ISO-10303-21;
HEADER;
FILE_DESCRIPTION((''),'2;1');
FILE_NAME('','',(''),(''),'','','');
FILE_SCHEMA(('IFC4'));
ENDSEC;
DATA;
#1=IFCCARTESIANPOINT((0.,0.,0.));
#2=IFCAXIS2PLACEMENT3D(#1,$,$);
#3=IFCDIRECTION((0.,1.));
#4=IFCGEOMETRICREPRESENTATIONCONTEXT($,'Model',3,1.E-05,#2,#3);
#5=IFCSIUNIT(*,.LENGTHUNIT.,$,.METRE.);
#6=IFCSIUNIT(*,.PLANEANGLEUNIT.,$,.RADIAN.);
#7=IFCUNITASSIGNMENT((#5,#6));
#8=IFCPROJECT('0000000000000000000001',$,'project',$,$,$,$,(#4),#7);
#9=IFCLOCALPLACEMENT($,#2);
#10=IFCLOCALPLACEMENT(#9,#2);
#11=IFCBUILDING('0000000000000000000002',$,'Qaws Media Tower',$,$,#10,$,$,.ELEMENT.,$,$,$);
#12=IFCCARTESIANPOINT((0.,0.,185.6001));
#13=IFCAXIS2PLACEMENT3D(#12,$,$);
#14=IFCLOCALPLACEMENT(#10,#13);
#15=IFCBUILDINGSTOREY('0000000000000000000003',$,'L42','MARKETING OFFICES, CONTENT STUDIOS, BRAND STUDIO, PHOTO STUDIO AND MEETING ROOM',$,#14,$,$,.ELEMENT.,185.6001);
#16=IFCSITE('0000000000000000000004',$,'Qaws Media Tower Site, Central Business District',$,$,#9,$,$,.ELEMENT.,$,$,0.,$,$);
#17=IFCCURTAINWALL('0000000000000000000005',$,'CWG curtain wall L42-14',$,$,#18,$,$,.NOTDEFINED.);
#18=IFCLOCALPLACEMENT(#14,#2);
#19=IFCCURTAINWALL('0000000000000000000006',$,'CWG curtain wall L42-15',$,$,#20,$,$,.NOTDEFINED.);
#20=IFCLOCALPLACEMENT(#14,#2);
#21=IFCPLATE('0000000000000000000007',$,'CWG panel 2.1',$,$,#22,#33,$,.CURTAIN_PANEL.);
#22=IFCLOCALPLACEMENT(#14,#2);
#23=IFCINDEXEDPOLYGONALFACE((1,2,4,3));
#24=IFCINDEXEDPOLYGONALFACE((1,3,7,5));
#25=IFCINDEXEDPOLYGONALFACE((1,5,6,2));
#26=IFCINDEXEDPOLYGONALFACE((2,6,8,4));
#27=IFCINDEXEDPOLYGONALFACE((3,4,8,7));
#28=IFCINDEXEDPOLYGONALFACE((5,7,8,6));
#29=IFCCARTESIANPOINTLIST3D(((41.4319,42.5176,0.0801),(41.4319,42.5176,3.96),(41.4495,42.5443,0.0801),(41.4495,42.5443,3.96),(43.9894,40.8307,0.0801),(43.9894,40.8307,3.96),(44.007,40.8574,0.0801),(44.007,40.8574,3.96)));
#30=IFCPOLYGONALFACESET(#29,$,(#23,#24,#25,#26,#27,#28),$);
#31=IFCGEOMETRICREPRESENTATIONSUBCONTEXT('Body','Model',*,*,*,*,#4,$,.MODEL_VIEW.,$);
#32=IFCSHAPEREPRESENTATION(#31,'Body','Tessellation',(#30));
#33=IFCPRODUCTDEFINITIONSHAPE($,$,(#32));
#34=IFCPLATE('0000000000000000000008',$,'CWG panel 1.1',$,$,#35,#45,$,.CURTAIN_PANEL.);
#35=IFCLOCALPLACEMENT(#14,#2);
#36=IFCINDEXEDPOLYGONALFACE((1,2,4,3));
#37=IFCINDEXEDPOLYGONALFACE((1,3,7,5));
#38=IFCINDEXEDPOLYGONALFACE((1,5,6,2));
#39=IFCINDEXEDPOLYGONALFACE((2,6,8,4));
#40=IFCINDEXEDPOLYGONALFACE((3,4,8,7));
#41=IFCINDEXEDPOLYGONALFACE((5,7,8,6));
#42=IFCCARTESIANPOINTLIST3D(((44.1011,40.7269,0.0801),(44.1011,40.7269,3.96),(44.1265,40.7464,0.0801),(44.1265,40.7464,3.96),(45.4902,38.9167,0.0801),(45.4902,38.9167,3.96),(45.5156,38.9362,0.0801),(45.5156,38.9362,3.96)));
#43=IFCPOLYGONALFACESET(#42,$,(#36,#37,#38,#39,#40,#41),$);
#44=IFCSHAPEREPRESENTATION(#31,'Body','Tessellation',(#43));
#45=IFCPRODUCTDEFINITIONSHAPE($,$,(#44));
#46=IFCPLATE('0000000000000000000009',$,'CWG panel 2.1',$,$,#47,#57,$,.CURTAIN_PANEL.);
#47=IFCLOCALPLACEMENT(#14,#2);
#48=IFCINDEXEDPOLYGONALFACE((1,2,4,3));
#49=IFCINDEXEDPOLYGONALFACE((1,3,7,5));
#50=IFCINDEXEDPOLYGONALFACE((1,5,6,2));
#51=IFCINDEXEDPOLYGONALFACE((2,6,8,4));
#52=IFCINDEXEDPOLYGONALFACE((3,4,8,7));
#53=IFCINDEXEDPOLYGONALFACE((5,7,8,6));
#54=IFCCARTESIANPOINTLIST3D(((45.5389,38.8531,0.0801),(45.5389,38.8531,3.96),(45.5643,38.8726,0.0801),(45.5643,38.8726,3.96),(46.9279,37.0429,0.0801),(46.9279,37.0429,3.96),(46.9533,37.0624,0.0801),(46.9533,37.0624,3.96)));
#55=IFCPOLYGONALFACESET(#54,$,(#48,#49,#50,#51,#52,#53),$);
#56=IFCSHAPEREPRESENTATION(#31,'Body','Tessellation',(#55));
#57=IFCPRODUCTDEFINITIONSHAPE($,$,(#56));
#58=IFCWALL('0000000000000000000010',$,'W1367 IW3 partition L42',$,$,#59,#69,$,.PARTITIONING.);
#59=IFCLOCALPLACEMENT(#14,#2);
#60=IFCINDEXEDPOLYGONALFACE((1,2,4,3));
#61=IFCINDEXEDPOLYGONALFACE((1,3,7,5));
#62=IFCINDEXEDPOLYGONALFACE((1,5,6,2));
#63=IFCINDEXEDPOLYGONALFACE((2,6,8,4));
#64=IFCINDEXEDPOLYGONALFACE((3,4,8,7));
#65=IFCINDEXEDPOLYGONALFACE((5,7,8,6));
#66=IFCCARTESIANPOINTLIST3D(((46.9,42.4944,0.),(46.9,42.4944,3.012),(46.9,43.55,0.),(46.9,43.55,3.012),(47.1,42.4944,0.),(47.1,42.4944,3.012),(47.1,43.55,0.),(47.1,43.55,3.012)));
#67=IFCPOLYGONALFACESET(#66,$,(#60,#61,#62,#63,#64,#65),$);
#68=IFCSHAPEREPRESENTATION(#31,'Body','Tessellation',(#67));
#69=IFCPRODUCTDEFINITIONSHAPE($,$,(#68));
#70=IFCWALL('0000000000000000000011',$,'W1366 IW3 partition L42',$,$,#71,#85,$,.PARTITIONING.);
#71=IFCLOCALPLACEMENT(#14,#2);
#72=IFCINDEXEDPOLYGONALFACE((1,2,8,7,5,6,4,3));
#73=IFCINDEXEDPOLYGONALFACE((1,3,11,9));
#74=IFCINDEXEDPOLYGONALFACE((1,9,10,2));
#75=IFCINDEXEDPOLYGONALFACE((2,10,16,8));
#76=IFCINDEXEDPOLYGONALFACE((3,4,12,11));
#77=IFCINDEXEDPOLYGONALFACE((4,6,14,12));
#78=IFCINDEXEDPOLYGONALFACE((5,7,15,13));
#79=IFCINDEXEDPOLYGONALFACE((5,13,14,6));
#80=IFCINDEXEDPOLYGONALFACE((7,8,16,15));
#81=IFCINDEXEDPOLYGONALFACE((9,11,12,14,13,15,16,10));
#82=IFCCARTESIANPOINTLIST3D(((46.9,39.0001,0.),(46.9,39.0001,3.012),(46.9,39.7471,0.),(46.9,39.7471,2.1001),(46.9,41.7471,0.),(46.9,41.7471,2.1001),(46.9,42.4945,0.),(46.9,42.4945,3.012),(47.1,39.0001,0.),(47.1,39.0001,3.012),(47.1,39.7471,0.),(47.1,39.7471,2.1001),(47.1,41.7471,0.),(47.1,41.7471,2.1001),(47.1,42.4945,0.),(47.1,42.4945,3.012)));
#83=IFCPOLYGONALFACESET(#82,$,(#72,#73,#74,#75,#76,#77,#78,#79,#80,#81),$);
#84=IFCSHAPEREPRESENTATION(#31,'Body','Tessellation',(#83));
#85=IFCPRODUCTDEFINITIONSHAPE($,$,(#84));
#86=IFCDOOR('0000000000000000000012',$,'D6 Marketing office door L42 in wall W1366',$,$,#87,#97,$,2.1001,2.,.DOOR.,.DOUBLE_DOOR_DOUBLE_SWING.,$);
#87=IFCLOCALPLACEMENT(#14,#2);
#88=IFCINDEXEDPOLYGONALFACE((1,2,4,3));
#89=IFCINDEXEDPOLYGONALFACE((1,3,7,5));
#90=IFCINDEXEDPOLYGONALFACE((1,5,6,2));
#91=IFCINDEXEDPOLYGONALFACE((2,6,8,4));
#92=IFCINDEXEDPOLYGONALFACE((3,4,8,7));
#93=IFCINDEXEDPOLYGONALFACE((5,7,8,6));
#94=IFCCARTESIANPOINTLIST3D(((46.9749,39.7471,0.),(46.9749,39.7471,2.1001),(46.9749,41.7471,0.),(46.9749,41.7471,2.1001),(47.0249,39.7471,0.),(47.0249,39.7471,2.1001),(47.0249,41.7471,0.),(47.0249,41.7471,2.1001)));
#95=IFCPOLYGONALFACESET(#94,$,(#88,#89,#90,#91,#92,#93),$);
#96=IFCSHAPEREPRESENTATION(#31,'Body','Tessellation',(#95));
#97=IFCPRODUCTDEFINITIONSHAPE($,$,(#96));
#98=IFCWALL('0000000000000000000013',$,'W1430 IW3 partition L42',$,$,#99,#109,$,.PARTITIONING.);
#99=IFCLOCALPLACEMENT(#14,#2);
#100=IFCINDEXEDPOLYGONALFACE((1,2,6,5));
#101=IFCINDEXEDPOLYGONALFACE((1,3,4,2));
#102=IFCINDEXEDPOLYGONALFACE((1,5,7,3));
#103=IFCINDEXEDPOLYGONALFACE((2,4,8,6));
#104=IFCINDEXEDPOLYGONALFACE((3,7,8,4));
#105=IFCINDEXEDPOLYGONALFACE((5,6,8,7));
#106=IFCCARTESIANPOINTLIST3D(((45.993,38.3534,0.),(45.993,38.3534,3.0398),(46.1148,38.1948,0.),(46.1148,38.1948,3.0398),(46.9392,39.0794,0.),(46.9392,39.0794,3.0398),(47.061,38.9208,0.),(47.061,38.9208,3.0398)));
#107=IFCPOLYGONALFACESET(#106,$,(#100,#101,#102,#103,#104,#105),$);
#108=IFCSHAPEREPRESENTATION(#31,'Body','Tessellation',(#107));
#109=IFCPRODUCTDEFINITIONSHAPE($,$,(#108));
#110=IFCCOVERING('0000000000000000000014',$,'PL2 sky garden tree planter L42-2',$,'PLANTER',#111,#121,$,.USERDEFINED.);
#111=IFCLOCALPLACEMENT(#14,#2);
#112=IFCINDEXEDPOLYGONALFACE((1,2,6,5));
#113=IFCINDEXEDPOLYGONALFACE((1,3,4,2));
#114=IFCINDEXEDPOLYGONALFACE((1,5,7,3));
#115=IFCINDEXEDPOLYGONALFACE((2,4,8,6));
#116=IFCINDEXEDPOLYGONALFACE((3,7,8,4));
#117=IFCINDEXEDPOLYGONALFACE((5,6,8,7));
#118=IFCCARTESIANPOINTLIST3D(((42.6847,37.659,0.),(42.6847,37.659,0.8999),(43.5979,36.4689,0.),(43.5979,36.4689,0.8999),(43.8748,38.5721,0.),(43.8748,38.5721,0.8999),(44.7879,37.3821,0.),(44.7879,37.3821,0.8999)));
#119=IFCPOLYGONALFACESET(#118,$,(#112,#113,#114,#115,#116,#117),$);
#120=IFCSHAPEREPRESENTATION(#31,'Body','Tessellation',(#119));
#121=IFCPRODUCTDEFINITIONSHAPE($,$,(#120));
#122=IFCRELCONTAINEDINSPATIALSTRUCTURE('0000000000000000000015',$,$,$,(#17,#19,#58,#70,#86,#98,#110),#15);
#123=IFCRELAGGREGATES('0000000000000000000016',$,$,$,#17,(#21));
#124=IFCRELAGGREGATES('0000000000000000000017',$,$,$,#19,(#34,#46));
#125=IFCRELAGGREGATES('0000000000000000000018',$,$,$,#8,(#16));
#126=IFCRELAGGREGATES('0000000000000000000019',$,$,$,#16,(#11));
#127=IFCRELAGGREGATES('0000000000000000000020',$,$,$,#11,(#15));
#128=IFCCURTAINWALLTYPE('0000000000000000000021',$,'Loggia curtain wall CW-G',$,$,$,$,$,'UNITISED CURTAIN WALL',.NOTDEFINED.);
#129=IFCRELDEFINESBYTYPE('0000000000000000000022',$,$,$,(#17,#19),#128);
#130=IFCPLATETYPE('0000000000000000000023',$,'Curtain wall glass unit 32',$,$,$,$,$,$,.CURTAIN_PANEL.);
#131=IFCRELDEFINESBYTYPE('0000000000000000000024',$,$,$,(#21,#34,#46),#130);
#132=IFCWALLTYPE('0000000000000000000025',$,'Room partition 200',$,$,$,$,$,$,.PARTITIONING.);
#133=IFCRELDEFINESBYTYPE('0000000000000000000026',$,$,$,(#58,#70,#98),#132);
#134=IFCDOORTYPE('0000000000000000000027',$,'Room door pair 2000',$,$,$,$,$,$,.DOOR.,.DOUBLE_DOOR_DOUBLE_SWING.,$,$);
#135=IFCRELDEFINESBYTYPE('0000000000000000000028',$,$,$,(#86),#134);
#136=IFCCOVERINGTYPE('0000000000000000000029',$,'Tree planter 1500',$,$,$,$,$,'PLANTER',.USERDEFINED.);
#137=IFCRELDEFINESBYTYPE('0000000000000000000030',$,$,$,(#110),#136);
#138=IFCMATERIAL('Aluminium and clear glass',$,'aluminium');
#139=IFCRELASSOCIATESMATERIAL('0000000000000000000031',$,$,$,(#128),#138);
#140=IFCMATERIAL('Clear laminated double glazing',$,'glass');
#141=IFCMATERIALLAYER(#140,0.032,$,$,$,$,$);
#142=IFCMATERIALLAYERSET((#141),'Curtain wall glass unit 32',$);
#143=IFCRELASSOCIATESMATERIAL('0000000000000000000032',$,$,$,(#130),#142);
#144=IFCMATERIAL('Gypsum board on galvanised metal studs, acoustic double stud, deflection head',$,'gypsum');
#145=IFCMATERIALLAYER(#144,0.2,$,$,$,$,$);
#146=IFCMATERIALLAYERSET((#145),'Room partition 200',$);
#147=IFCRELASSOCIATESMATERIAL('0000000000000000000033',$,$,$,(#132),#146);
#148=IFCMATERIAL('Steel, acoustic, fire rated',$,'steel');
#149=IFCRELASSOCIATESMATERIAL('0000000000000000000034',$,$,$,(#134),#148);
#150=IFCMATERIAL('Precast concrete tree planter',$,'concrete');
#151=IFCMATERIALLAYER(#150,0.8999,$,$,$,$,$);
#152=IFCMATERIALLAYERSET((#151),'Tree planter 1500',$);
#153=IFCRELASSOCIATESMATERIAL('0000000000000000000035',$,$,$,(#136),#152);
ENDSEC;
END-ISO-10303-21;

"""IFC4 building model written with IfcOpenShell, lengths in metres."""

from ifc_helpers import new_model, si_unit, direction, frame, frame_2d, origin, origin_2d, place, context, subcontext, project, spatial, rectangle, extrude, material, layer, layer_set, type_object, element, fill, aggregate, save


model = new_model("IFC4")

# Units and contexts
model_context = context("Model", 3, precision=1e-05, world=origin(), true_north=direction((0.0, 1.0)))
body_context = subcontext(model_context, "Body", "Model", "MODEL_VIEW")
ifc_project = project(units=[si_unit("LENGTHUNIT", "METRE"), si_unit("PLANEANGLEUNIT", "RADIAN")], contexts=[model_context])

# Site, building, storey
site_placement = place(None, origin())
site = spatial("IfcSite", under=ifc_project, at=site_placement, Name="Qaws Media Tower Site, Central Business District", CompositionType="ELEMENT", RefElevation=0.0)
building_placement = place(site_placement, origin())
building = spatial("IfcBuilding", under=site, at=building_placement, Name="Qaws Media Tower", CompositionType="ELEMENT")
storey_placement = place(building_placement, frame((0.0, 0.0, 185.6001)))
storey = spatial("IfcBuildingStorey", under=building, at=storey_placement, Name="L42", Description="MARKETING OFFICES, CONTENT STUDIOS, BRAND STUDIO, PHOTO STUDIO AND MEETING ROOM", CompositionType="ELEMENT", Elevation=185.6001)

# Curtain wall
ifc_material_1 = material(Name="Aluminium and clear glass", Category="aluminium")
curtain_wall_type = type_object("IfcCurtainWallType", Name="Loggia curtain wall CW-G", ElementType="UNITISED CURTAIN WALL", PredefinedType="NOTDEFINED", material=ifc_material_1)
curtain_wall_1_placement = place(storey_placement, origin())
curtain_wall_1 = element("IfcCurtainWall", 1, at=curtain_wall_1_placement, inside=storey, type_object=curtain_wall_type, Name="CWG curtain wall L42-14", PredefinedType="NOTDEFINED")

# Curtain wall
curtain_wall_2_placement = place(storey_placement, origin())
curtain_wall_2 = element("IfcCurtainWall", 2, at=curtain_wall_2_placement, inside=storey, type_object=curtain_wall_type, Name="CWG curtain wall L42-15", PredefinedType="NOTDEFINED")

# Plates
ifc_material_2 = material(Name="Clear laminated double glazing", Category="glass")
ifc_layer_1 = layer(ifc_material_2, 0.032)
ifc_layer_set_1 = layer_set([ifc_layer_1], Name="Curtain wall glass unit 32")
plate_type = type_object("IfcPlateType", Name="Curtain wall glass unit 32", PredefinedType="CURTAIN_PANEL", material=ifc_layer_set_1)
plate_1_placement = place(storey_placement, frame((42.7195, 41.6875, 0.0801), z_axis=(0.0, 0.0, 1.0), x_axis=(0.834772, -0.550596, 0.0)))
plate_1 = element("IfcPlate", 3, at=plate_1_placement, type_object=plate_type, Name="CWG panel 2.1", PredefinedType="CURTAIN_PANEL", context=body_context, shape_type="SweptSolid", body=[
    extrude(rectangle(XDim=3.0637, YDim=0.032, at=origin_2d()), origin(), (0.0, 0.0, 1.0), 3.8799),
])
aggregate(curtain_wall_1, [plate_1])
plate_2_placement = place(storey_placement, frame((44.8083, 39.8315, 0.0801), z_axis=(0.0, 0.0, 1.0), x_axis=(0.608761, -0.793353, 0.0)))
plate_2 = element("IfcPlate", 4, at=plate_2_placement, type_object=plate_type, Name="CWG panel 1.1", PredefinedType="CURTAIN_PANEL", context=body_context, shape_type="SweptSolid", body=[
    extrude(rectangle(XDim=2.2817, YDim=0.032, at=origin_2d()), origin(), (0.0, 0.0, 1.0), 3.8799),
])
plate_3_placement = place(storey_placement, frame((46.2461, 37.9578, 0.0801), z_axis=(0.0, 0.0, 1.0), x_axis=(0.608761, -0.793353, 0.0)))
plate_3 = element("IfcPlate", 5, at=plate_3_placement, type_object=plate_type, Name="CWG panel 2.1", PredefinedType="CURTAIN_PANEL", context=body_context, shape_type="SweptSolid", body=[
    extrude(rectangle(XDim=2.2817, YDim=0.032, at=origin_2d()), origin(), (0.0, 0.0, 1.0), 3.8799),
])
aggregate(curtain_wall_2, [plate_2, plate_3])

# Wall
ifc_material_3 = material(Name="Gypsum board on galvanised metal studs, acoustic double stud, deflection head", Category="gypsum")
ifc_layer_2 = layer(ifc_material_3, 0.2)
ifc_layer_set_2 = layer_set([ifc_layer_2], Name="Room partition 200")
wall_type = type_object("IfcWallType", Name="Room partition 200", PredefinedType="PARTITIONING", material=ifc_layer_set_2)
wall_1_placement = place(storey_placement, frame((47.0, 43.55, 0.0), z_axis=(0.0, 0.0, 1.0), x_axis=(0.0, -1.0, 0.0)))
element("IfcWall", 6, at=wall_1_placement, inside=storey, type_object=wall_type, Name="W1367 IW3 partition L42", PredefinedType="PARTITIONING", context=body_context, shape_type="SweptSolid", body=[
    extrude(rectangle(XDim=1.0557, YDim=0.2, at=frame_2d((0.5278, 0.0))), origin(), (0.0, 0.0, 1.0), 3.012),
])

# Wall, opening, door
wall_2_placement = place(storey_placement, frame((47.0, 42.4944, 0.0), z_axis=(0.0, 0.0, 1.0), x_axis=(0.0, -1.0, 0.0)))
wall_2 = element("IfcWall", 7, at=wall_2_placement, inside=storey, type_object=wall_type, Name="W1366 IW3 partition L42", PredefinedType="PARTITIONING", context=body_context, shape_type="SweptSolid", body=[
    extrude(rectangle(XDim=3.4944, YDim=0.2, at=frame_2d((1.7471, 0.0))), origin(), (0.0, 0.0, 1.0), 3.012),
])
opening_1_placement = place(wall_2_placement, frame((0.7473, 0.0, 0.0)))
opening_1 = element("IfcOpeningElement", 8, at=opening_1_placement, cuts=wall_2, PredefinedType="OPENING", context=body_context, shape_type="SweptSolid", body=[
    extrude(rectangle(XDim=2.0, YDim=2.1001, at=frame_2d((1.0, 1.05))), frame((0.0, 0.1099, 0.0), z_axis=(0.0, -1.0, 0.0), x_axis=(1.0, 0.0, 0.0)), (0.0, 0.0, 1.0), 0.22),
])
ifc_material_4 = material(Name="Steel, acoustic, fire rated", Category="steel")
door_type_1 = type_object("IfcDoorType", Name="Room door pair 2000", OperationType="DOUBLE_DOOR_DOUBLE_SWING", PredefinedType="DOOR", material=ifc_material_4)
door_1_placement = place(opening_1_placement, origin())
door_1 = element("IfcDoor", 9, at=door_1_placement, inside=storey, type_object=door_type_1, Name="D6 Marketing office door L42 in wall W1366", OperationType="DOUBLE_DOOR_DOUBLE_SWING", OverallHeight=2.1001, OverallWidth=2.0, PredefinedType="DOOR", context=body_context, shape_type="SweptSolid", body=[
    extrude(rectangle(XDim=2.0, YDim=2.1001, at=frame_2d((1.0, 1.05))), frame((0.0, 0.0249, 0.0), z_axis=(0.0, -1.0, 0.0), x_axis=(1.0, 0.0, 0.0)), (0.0, 0.0, 1.0), 0.05),
])
fill(opening_1, door_1)

# Wall
wall_3_placement = place(storey_placement, frame((47.0, 39.0, 0.0), z_axis=(0.0, 0.0, 1.0), x_axis=(-0.793369, -0.608741, 0.0)))
element("IfcWall", 10, at=wall_3_placement, inside=storey, type_object=wall_type, Name="W1430 IW3 partition L42", PredefinedType="PARTITIONING", context=body_context, shape_type="SweptSolid", body=[
    extrude(rectangle(XDim=1.1926, YDim=0.2, at=frame_2d((0.5962, 0.0))), origin(), (0.0, 0.0, 1.0), 3.0398),
])

# Covering
ifc_material_5 = material(Name="Precast concrete tree planter", Category="concrete")
ifc_layer_3 = layer(ifc_material_5, 0.8999)
ifc_layer_set_3 = layer_set([ifc_layer_3], Name="Tree planter 1500")
covering_type = type_object("IfcCoveringType", Name="Tree planter 1500", ElementType="PLANTER", PredefinedType="USERDEFINED", material=ifc_layer_set_3)
covering_placement = place(storey_placement, frame((43.7363, 37.5205, 0.0), z_axis=(0.0, 0.0, 1.0), x_axis=(-0.793353, -0.608761, 0.0)))
element("IfcCovering", 11, at=covering_placement, inside=storey, type_object=covering_type, Name="PL2 sky garden tree planter L42-2", ObjectType="PLANTER", PredefinedType="USERDEFINED", context=body_context, shape_type="SweptSolid", body=[
    extrude(rectangle(XDim=1.5, YDim=1.5, at=origin_2d()), origin(), (0.0, 0.0, 1.0), 0.8999),
])

save(model, "model.ifc")
